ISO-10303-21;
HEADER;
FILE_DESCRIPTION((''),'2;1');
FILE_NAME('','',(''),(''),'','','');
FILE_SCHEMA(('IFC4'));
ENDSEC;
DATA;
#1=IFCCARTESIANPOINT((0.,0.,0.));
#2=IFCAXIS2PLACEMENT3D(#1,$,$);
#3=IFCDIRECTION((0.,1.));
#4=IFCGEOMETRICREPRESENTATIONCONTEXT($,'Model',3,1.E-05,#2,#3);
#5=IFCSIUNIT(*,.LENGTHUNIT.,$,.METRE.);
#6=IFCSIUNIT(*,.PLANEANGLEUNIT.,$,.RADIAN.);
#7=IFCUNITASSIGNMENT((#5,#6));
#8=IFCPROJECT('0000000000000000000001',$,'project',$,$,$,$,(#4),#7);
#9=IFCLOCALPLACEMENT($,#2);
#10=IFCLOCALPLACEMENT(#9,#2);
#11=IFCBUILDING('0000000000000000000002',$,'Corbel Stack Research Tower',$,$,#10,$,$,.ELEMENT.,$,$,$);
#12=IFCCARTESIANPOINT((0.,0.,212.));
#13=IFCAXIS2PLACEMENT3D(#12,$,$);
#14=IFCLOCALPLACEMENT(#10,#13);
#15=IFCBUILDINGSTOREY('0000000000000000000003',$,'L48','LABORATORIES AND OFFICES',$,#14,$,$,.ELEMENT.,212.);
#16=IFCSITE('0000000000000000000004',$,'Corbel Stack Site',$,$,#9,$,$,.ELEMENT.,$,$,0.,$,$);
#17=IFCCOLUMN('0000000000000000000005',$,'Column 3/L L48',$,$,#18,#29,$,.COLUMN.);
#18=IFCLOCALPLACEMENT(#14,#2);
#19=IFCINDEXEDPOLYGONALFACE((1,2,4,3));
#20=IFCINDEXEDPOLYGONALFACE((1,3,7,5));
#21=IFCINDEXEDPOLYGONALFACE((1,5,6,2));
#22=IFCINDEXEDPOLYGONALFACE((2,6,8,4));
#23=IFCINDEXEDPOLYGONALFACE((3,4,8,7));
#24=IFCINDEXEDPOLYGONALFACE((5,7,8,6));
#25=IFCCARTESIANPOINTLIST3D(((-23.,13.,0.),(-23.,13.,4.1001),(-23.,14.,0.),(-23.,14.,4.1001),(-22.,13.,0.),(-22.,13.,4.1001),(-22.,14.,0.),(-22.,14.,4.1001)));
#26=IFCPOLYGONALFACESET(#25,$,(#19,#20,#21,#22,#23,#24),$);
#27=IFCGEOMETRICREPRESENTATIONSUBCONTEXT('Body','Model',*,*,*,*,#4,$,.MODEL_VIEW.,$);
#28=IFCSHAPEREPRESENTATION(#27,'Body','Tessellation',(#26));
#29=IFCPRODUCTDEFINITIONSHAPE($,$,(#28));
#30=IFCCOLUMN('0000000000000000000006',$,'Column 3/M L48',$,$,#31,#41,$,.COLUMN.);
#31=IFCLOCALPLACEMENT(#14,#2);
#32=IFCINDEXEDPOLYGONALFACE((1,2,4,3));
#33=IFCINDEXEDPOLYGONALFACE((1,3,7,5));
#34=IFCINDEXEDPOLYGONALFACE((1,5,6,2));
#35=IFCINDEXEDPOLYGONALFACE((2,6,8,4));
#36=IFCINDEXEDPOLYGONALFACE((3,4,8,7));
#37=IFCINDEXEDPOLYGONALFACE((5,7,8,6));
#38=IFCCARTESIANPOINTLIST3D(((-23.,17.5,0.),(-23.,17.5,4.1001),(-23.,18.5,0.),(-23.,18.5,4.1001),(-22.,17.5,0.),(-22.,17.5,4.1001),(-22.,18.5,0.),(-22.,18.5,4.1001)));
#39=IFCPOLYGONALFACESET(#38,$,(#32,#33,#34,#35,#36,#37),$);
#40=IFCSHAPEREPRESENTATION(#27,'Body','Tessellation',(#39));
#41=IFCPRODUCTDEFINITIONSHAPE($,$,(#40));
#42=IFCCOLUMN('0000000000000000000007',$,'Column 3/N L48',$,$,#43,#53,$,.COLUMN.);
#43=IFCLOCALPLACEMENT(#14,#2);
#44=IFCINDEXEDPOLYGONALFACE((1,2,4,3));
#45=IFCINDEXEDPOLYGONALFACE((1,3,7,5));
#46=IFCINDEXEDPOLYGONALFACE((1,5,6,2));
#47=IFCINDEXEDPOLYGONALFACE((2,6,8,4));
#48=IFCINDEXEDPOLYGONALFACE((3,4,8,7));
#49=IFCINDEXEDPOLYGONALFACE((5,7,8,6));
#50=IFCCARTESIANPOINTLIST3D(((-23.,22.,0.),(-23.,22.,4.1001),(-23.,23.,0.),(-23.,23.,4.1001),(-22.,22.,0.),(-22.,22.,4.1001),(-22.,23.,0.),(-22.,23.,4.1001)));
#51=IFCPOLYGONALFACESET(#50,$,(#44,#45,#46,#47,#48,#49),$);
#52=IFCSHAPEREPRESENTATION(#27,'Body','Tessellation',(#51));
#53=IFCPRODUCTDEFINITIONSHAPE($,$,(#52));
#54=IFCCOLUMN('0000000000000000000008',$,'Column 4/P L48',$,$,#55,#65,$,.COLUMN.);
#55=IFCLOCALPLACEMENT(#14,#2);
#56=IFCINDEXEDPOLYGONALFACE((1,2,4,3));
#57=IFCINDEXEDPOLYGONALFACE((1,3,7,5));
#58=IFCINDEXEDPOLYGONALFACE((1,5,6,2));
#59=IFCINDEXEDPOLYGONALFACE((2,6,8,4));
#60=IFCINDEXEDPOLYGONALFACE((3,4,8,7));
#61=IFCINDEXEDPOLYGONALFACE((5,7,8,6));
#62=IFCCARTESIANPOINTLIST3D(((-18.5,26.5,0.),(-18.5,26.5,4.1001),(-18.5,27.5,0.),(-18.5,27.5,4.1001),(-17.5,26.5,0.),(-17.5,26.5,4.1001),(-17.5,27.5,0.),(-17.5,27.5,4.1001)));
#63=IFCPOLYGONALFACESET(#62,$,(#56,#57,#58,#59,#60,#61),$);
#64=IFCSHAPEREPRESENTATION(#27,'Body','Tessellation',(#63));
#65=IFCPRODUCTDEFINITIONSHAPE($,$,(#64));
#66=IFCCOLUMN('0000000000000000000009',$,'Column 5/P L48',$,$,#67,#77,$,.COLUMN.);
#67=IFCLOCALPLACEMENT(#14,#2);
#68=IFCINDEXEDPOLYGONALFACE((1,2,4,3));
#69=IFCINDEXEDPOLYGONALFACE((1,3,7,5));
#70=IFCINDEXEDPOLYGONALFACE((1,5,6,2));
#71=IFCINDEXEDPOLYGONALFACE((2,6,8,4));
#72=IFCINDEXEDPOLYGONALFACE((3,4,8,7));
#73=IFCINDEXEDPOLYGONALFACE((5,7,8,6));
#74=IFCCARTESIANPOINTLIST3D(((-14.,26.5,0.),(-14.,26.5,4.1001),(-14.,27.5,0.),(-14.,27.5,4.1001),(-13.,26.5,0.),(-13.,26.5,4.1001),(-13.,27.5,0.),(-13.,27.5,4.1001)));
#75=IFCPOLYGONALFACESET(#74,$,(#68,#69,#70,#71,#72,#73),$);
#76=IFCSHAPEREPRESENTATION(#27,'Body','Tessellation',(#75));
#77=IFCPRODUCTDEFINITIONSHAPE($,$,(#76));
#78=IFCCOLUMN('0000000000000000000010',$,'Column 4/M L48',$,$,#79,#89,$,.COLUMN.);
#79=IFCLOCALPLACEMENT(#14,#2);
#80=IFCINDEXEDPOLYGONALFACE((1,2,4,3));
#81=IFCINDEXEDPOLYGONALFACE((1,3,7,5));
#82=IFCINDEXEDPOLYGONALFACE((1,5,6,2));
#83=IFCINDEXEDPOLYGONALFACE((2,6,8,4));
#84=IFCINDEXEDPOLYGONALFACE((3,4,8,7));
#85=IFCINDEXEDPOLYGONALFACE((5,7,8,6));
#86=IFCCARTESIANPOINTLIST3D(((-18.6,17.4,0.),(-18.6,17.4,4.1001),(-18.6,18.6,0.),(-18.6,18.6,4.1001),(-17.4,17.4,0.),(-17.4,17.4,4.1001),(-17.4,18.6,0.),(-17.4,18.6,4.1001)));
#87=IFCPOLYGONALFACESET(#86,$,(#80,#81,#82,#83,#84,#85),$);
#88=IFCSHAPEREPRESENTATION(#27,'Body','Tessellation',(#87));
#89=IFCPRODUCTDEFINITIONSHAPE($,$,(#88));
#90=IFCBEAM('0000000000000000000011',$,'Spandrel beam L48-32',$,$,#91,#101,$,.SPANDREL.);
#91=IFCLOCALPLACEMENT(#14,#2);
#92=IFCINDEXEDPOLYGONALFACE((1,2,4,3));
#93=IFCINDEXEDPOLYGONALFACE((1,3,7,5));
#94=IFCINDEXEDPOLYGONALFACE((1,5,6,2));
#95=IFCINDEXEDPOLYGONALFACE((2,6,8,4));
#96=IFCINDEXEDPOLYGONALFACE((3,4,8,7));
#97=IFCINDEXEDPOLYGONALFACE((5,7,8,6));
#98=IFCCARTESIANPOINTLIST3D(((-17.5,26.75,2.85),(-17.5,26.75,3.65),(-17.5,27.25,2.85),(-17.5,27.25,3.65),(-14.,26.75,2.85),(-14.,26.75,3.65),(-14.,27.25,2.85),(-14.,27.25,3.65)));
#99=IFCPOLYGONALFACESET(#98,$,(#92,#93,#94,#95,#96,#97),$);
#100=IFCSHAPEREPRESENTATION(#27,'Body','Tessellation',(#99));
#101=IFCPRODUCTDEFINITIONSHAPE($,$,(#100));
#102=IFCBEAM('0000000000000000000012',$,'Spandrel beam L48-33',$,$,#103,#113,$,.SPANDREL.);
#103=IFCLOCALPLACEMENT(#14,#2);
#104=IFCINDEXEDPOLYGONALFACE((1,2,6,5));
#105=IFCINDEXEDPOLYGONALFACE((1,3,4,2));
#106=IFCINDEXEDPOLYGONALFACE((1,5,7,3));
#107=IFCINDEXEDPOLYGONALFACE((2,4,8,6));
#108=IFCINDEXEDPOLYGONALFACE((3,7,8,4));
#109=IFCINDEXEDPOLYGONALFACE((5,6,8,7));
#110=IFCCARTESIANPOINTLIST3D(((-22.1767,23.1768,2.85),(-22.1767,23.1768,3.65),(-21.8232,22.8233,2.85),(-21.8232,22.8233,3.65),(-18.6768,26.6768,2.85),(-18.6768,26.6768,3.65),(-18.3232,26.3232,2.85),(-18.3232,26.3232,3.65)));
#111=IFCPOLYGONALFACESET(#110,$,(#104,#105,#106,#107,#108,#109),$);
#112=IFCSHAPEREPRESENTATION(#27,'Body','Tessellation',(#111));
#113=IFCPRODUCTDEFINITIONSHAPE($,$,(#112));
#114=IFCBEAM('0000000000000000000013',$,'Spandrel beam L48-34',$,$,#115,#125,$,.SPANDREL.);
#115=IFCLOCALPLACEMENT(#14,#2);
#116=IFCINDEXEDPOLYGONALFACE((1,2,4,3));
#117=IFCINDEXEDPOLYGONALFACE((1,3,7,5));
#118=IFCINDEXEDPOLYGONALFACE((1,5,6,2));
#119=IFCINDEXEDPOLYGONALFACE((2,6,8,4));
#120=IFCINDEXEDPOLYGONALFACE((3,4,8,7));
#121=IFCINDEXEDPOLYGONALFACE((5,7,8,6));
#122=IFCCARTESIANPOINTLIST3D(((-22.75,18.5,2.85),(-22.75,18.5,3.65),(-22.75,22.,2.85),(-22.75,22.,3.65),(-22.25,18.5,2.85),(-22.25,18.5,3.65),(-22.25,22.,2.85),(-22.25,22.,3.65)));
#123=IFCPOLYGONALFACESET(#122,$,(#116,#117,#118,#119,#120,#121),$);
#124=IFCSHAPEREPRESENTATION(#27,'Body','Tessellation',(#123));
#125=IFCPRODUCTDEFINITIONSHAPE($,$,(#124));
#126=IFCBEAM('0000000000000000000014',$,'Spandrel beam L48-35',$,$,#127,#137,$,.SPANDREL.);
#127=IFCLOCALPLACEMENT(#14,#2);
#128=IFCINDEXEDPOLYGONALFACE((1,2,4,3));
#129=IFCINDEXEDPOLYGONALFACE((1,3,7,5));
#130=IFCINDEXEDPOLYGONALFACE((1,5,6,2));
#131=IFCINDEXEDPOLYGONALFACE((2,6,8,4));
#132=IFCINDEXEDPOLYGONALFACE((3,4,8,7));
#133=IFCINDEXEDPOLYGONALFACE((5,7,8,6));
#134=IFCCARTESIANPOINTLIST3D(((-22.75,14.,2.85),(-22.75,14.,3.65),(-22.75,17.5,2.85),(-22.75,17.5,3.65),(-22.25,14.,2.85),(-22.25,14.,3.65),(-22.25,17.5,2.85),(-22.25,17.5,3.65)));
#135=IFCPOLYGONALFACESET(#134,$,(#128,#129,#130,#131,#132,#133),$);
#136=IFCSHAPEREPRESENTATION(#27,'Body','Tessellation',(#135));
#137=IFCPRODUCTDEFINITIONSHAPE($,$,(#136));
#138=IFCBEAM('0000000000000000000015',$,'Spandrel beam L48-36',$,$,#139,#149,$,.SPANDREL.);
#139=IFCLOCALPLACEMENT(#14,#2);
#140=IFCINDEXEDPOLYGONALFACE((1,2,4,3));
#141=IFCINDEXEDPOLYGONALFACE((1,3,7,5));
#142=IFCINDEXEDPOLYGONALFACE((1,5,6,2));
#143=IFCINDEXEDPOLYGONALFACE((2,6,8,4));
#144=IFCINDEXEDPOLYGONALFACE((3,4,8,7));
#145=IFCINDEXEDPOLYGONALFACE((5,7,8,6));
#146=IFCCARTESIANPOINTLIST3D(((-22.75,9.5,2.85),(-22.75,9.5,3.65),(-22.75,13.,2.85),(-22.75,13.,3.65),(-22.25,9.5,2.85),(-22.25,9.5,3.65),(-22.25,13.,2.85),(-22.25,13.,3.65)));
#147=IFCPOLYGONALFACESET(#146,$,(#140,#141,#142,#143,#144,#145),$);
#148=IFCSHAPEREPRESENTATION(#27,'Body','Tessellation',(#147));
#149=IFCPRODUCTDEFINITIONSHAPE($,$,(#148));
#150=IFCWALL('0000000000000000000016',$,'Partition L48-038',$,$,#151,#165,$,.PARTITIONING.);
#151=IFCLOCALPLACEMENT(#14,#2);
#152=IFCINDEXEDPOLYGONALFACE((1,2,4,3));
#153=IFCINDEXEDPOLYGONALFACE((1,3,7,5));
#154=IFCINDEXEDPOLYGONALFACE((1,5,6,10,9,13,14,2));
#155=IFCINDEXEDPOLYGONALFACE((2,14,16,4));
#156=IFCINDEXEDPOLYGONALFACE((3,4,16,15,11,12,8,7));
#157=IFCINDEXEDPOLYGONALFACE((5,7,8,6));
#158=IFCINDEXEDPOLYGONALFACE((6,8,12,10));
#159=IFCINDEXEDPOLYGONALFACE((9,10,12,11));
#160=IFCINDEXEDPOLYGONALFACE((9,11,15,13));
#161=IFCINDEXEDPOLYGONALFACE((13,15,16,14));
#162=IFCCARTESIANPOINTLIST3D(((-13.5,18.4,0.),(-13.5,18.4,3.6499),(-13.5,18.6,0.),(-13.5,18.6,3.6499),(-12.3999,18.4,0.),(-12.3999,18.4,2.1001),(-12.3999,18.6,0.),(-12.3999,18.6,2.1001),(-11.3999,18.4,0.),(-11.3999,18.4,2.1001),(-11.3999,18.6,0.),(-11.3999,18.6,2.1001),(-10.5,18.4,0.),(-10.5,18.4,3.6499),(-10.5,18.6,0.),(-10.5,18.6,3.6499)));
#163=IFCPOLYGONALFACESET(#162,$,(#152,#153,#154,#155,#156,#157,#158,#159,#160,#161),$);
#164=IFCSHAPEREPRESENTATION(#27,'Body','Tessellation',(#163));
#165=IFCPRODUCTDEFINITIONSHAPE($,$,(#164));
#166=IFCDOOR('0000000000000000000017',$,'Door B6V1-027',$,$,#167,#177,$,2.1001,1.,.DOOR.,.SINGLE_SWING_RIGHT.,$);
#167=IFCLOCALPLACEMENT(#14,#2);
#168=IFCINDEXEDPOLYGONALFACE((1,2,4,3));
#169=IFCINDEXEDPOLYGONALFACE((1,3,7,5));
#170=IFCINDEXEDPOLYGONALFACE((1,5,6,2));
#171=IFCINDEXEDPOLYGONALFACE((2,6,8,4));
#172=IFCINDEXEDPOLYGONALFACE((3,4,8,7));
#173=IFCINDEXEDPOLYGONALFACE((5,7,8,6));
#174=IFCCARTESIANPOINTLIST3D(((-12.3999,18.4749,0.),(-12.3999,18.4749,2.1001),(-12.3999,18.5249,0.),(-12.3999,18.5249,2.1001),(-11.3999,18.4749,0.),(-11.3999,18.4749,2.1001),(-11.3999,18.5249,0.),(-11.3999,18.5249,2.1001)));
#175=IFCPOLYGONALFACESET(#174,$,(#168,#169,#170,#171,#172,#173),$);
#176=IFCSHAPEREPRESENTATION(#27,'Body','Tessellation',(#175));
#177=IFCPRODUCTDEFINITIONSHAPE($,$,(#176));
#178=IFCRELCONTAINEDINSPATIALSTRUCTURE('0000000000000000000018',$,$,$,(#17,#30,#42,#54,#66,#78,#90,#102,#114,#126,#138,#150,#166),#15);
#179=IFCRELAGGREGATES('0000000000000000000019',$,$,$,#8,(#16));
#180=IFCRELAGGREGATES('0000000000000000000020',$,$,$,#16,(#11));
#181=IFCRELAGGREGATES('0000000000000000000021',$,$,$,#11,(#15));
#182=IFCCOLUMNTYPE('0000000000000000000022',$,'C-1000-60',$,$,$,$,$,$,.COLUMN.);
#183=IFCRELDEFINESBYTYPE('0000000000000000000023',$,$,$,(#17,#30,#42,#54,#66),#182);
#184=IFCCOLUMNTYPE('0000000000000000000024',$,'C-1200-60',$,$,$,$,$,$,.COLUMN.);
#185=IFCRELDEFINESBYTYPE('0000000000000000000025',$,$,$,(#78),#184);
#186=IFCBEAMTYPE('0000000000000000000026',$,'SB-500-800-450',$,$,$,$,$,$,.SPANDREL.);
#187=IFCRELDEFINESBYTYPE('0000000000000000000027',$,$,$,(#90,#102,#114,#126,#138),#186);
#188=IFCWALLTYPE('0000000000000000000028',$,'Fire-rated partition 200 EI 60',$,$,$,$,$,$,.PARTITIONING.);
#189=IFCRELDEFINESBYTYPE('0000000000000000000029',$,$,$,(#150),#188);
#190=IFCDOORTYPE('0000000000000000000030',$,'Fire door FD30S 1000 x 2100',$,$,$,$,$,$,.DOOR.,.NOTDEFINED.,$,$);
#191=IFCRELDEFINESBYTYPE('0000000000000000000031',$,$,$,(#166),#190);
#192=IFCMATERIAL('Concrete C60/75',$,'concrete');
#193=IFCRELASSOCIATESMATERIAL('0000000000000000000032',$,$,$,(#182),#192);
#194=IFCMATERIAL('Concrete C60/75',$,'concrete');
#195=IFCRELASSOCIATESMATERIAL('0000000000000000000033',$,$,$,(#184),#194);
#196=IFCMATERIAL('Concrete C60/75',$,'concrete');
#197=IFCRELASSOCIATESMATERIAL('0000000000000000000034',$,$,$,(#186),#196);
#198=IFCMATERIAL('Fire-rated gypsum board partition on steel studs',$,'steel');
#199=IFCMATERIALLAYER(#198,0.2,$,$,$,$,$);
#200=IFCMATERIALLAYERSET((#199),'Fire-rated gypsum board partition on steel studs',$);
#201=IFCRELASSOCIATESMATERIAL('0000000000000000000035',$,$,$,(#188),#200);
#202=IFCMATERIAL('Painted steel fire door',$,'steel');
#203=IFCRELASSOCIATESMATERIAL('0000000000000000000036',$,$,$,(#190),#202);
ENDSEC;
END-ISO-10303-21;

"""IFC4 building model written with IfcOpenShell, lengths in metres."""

from ifc_helpers import new_model, si_unit, direction, frame, frame_2d, origin, origin_2d, place, context, subcontext, project, spatial, rectangle, extrude, material, layer, layer_set, material_profile, profile_set, type_object, element, fill, save


model = new_model("IFC4")

# Units and contexts
model_context = context("Model", 3, precision=1e-05, world=origin(), true_north=direction((0.0, 1.0)))
body_context = subcontext(model_context, "Body", "Model", "MODEL_VIEW")
ifc_project = project(units=[si_unit("LENGTHUNIT", "METRE"), si_unit("PLANEANGLEUNIT", "RADIAN")], contexts=[model_context])

# Site, building, storey
site_placement = place(None, origin())
site = spatial("IfcSite", under=ifc_project, at=site_placement, Name="Corbel Stack Site", CompositionType="ELEMENT", RefElevation=0.0)
building_placement = place(site_placement, origin())
building = spatial("IfcBuilding", under=site, at=building_placement, Name="Corbel Stack Research Tower", CompositionType="ELEMENT")
storey_placement = place(building_placement, frame((0.0, 0.0, 212.0)))
storey = spatial("IfcBuildingStorey", under=building, at=storey_placement, Name="L48", Description="LABORATORIES AND OFFICES", CompositionType="ELEMENT", Elevation=212.0)

# Columns
ifc_material_1 = material(Name="Concrete C60/75", Category="concrete")
ifc_material_profile_1 = material_profile(ifc_material_1, rectangle(XDim=1.0, YDim=1.0, at=origin_2d()), Name="RC 1000 x 1000")
ifc_profile_set_1 = profile_set([ifc_material_profile_1], Name="Concrete C60/75")
column_type_1 = type_object("IfcColumnType", Name="C-1000-60", PredefinedType="COLUMN", material=ifc_profile_set_1)
for number, where, z_axis, x_axis, name in (
    (1, (-22.5, 13.5, 0.0), (0.0, 0.0, 1.0), (1.0, 0.0, 0.0), "Column 3/L L48"),
    (2, (-22.5, 18.0, 0.0), (0.0, 0.0, 1.0), (1.0, 0.0, 0.0), "Column 3/M L48"),
    (3, (-22.5, 22.5, 0.0), (0.0, 0.0, 1.0), (1.0, 0.0, 0.0), "Column 3/N L48"),
    (4, (-18.0, 27.0, 0.0), (0.0, 0.0, 1.0), (1.0, 0.0, 0.0), "Column 4/P L48"),
    (5, (-13.5, 27.0, 0.0), (0.0, 0.0, 1.0), (1.0, 0.0, 0.0), "Column 5/P L48"),
):
    element("IfcColumn", number, at=place(storey_placement, frame(where, z_axis=z_axis, x_axis=x_axis)), inside=storey, type_object=column_type_1, Name=name, PredefinedType="COLUMN", context=body_context, shape_type="SweptSolid", body=[
        extrude(rectangle(XDim=1.0, YDim=1.0, at=origin_2d()), origin(), (0.0, 0.0, 1.0), 4.1001),
    ])
ifc_material_2 = material(Name="Concrete C60/75", Category="concrete")
ifc_material_profile_2 = material_profile(ifc_material_2, rectangle(XDim=1.2, YDim=1.2, at=origin_2d()), Name="RC 1200 x 1200")
ifc_profile_set_2 = profile_set([ifc_material_profile_2], Name="Concrete C60/75")
column_type_2 = type_object("IfcColumnType", Name="C-1200-60", PredefinedType="COLUMN", material=ifc_profile_set_2)
column_placement = place(storey_placement, frame((-18.0, 18.0, 0.0), z_axis=(0.0, 0.0, 1.0), x_axis=(1.0, 0.0, 0.0)))
element("IfcColumn", 6, at=column_placement, inside=storey, type_object=column_type_2, Name="Column 4/M L48", PredefinedType="COLUMN", context=body_context, shape_type="SweptSolid", body=[
    extrude(rectangle(XDim=1.2, YDim=1.2, at=origin_2d()), origin(), (0.0, 0.0, 1.0), 4.1001),
])

# Beams
ifc_material_3 = material(Name="Concrete C60/75", Category="concrete")
ifc_material_profile_3 = material_profile(ifc_material_3, rectangle(XDim=0.5, YDim=0.8, at=origin_2d()), Name="RC 500 x 800")
ifc_profile_set_3 = profile_set([ifc_material_profile_3], Name="Concrete C60/75")
beam_type = type_object("IfcBeamType", Name="SB-500-800-450", PredefinedType="SPANDREL", material=ifc_profile_set_3)
beam_1_placement = place(storey_placement, frame((-14.0, 27.0, 3.25), z_axis=(-1.0, 0.0, 0.0), x_axis=(0.0, -1.0, 0.0)))
element("IfcBeam", 7, at=beam_1_placement, inside=storey, type_object=beam_type, Name="Spandrel beam L48-32", PredefinedType="SPANDREL", context=body_context, shape_type="SweptSolid", body=[
    extrude(rectangle(XDim=0.5, YDim=0.8, at=origin_2d()), origin(), (0.0, 0.0, 1.0), 3.5),
])
beam_2_placement = place(storey_placement, frame((-18.5, 26.5, 3.25), z_axis=(-0.707107, -0.707107, 0.0), x_axis=(0.707107, -0.707107, 0.0)))
element("IfcBeam", 8, at=beam_2_placement, inside=storey, type_object=beam_type, Name="Spandrel beam L48-33", PredefinedType="SPANDREL", context=body_context, shape_type="SweptSolid", body=[
    extrude(rectangle(XDim=0.5, YDim=0.8, at=origin_2d()), origin(), (0.0, 0.0, 1.0), 4.9497),
])
for number, where, z_axis, x_axis, name in (
    (9, (-22.5, 22.0, 3.25), (0.0, -1.0, 0.0), (1.0, 0.0, 0.0), "Spandrel beam L48-34"),
    (10, (-22.5, 17.5, 3.25), (0.0, -1.0, 0.0), (1.0, 0.0, 0.0), "Spandrel beam L48-35"),
    (11, (-22.5, 13.0, 3.25), (0.0, -1.0, 0.0), (1.0, 0.0, 0.0), "Spandrel beam L48-36"),
):
    element("IfcBeam", number, at=place(storey_placement, frame(where, z_axis=z_axis, x_axis=x_axis)), inside=storey, type_object=beam_type, Name=name, PredefinedType="SPANDREL", context=body_context, shape_type="SweptSolid", body=[
        extrude(rectangle(XDim=0.5, YDim=0.8, at=origin_2d()), origin(), (0.0, 0.0, 1.0), 3.5),
    ])

# Wall, opening, door
ifc_material_4 = material(Name="Fire-rated gypsum board partition on steel studs", Category="steel")
ifc_layer_1 = layer(ifc_material_4, 0.2)
ifc_layer_set_1 = layer_set([ifc_layer_1], Name="Fire-rated gypsum board partition on steel studs")
wall_type_1 = type_object("IfcWallType", Name="Fire-rated partition 200 EI 60", PredefinedType="PARTITIONING", material=ifc_layer_set_1)
wall_1_placement = place(storey_placement, frame((-13.5, 18.5, 0.0), z_axis=(0.0, 0.0, 1.0), x_axis=(1.0, 0.0, 0.0)))
wall_1 = element("IfcWall", 12, at=wall_1_placement, inside=storey, type_object=wall_type_1, Name="Partition L48-038", PredefinedType="PARTITIONING", context=body_context, shape_type="SweptSolid", body=[
    extrude(rectangle(XDim=3.0, YDim=0.2, at=frame_2d((1.5, 0.0))), origin(), (0.0, 0.0, 1.0), 3.6499),
])
opening_1_placement = place(wall_1_placement, frame((1.1001, 0.0, 0.0)))
opening_1 = element("IfcOpeningElement", 13, at=opening_1_placement, cuts=wall_1, PredefinedType="OPENING", context=body_context, shape_type="SweptSolid", body=[
    extrude(rectangle(XDim=1.0, YDim=2.1001, at=frame_2d((0.5, 1.05))), frame((0.0, 0.1099, 0.0), z_axis=(0.0, -1.0, 0.0), x_axis=(1.0, 0.0, 0.0)), (0.0, 0.0, 1.0), 0.22),
])
ifc_material_5 = material(Name="Painted steel fire door", Category="steel")
door_type_1 = type_object("IfcDoorType", Name="Fire door FD30S 1000 x 2100", OperationType="NOTDEFINED", PredefinedType="DOOR", material=ifc_material_5)
door_1_placement = place(opening_1_placement, origin())
door_1 = element("IfcDoor", 14, at=door_1_placement, inside=storey, type_object=door_type_1, Name="Door B6V1-027", OperationType="SINGLE_SWING_RIGHT", OverallHeight=2.1001, OverallWidth=1.0, PredefinedType="DOOR", context=body_context, shape_type="SweptSolid", body=[
    extrude(rectangle(XDim=1.0, YDim=2.1001, at=frame_2d((0.5, 1.05))), frame((0.0, 0.0249, 0.0), z_axis=(0.0, -1.0, 0.0), x_axis=(1.0, 0.0, 0.0)), (0.0, 0.0, 1.0), 0.05),
])
fill(opening_1, door_1)

save(model, "model.ifc")
